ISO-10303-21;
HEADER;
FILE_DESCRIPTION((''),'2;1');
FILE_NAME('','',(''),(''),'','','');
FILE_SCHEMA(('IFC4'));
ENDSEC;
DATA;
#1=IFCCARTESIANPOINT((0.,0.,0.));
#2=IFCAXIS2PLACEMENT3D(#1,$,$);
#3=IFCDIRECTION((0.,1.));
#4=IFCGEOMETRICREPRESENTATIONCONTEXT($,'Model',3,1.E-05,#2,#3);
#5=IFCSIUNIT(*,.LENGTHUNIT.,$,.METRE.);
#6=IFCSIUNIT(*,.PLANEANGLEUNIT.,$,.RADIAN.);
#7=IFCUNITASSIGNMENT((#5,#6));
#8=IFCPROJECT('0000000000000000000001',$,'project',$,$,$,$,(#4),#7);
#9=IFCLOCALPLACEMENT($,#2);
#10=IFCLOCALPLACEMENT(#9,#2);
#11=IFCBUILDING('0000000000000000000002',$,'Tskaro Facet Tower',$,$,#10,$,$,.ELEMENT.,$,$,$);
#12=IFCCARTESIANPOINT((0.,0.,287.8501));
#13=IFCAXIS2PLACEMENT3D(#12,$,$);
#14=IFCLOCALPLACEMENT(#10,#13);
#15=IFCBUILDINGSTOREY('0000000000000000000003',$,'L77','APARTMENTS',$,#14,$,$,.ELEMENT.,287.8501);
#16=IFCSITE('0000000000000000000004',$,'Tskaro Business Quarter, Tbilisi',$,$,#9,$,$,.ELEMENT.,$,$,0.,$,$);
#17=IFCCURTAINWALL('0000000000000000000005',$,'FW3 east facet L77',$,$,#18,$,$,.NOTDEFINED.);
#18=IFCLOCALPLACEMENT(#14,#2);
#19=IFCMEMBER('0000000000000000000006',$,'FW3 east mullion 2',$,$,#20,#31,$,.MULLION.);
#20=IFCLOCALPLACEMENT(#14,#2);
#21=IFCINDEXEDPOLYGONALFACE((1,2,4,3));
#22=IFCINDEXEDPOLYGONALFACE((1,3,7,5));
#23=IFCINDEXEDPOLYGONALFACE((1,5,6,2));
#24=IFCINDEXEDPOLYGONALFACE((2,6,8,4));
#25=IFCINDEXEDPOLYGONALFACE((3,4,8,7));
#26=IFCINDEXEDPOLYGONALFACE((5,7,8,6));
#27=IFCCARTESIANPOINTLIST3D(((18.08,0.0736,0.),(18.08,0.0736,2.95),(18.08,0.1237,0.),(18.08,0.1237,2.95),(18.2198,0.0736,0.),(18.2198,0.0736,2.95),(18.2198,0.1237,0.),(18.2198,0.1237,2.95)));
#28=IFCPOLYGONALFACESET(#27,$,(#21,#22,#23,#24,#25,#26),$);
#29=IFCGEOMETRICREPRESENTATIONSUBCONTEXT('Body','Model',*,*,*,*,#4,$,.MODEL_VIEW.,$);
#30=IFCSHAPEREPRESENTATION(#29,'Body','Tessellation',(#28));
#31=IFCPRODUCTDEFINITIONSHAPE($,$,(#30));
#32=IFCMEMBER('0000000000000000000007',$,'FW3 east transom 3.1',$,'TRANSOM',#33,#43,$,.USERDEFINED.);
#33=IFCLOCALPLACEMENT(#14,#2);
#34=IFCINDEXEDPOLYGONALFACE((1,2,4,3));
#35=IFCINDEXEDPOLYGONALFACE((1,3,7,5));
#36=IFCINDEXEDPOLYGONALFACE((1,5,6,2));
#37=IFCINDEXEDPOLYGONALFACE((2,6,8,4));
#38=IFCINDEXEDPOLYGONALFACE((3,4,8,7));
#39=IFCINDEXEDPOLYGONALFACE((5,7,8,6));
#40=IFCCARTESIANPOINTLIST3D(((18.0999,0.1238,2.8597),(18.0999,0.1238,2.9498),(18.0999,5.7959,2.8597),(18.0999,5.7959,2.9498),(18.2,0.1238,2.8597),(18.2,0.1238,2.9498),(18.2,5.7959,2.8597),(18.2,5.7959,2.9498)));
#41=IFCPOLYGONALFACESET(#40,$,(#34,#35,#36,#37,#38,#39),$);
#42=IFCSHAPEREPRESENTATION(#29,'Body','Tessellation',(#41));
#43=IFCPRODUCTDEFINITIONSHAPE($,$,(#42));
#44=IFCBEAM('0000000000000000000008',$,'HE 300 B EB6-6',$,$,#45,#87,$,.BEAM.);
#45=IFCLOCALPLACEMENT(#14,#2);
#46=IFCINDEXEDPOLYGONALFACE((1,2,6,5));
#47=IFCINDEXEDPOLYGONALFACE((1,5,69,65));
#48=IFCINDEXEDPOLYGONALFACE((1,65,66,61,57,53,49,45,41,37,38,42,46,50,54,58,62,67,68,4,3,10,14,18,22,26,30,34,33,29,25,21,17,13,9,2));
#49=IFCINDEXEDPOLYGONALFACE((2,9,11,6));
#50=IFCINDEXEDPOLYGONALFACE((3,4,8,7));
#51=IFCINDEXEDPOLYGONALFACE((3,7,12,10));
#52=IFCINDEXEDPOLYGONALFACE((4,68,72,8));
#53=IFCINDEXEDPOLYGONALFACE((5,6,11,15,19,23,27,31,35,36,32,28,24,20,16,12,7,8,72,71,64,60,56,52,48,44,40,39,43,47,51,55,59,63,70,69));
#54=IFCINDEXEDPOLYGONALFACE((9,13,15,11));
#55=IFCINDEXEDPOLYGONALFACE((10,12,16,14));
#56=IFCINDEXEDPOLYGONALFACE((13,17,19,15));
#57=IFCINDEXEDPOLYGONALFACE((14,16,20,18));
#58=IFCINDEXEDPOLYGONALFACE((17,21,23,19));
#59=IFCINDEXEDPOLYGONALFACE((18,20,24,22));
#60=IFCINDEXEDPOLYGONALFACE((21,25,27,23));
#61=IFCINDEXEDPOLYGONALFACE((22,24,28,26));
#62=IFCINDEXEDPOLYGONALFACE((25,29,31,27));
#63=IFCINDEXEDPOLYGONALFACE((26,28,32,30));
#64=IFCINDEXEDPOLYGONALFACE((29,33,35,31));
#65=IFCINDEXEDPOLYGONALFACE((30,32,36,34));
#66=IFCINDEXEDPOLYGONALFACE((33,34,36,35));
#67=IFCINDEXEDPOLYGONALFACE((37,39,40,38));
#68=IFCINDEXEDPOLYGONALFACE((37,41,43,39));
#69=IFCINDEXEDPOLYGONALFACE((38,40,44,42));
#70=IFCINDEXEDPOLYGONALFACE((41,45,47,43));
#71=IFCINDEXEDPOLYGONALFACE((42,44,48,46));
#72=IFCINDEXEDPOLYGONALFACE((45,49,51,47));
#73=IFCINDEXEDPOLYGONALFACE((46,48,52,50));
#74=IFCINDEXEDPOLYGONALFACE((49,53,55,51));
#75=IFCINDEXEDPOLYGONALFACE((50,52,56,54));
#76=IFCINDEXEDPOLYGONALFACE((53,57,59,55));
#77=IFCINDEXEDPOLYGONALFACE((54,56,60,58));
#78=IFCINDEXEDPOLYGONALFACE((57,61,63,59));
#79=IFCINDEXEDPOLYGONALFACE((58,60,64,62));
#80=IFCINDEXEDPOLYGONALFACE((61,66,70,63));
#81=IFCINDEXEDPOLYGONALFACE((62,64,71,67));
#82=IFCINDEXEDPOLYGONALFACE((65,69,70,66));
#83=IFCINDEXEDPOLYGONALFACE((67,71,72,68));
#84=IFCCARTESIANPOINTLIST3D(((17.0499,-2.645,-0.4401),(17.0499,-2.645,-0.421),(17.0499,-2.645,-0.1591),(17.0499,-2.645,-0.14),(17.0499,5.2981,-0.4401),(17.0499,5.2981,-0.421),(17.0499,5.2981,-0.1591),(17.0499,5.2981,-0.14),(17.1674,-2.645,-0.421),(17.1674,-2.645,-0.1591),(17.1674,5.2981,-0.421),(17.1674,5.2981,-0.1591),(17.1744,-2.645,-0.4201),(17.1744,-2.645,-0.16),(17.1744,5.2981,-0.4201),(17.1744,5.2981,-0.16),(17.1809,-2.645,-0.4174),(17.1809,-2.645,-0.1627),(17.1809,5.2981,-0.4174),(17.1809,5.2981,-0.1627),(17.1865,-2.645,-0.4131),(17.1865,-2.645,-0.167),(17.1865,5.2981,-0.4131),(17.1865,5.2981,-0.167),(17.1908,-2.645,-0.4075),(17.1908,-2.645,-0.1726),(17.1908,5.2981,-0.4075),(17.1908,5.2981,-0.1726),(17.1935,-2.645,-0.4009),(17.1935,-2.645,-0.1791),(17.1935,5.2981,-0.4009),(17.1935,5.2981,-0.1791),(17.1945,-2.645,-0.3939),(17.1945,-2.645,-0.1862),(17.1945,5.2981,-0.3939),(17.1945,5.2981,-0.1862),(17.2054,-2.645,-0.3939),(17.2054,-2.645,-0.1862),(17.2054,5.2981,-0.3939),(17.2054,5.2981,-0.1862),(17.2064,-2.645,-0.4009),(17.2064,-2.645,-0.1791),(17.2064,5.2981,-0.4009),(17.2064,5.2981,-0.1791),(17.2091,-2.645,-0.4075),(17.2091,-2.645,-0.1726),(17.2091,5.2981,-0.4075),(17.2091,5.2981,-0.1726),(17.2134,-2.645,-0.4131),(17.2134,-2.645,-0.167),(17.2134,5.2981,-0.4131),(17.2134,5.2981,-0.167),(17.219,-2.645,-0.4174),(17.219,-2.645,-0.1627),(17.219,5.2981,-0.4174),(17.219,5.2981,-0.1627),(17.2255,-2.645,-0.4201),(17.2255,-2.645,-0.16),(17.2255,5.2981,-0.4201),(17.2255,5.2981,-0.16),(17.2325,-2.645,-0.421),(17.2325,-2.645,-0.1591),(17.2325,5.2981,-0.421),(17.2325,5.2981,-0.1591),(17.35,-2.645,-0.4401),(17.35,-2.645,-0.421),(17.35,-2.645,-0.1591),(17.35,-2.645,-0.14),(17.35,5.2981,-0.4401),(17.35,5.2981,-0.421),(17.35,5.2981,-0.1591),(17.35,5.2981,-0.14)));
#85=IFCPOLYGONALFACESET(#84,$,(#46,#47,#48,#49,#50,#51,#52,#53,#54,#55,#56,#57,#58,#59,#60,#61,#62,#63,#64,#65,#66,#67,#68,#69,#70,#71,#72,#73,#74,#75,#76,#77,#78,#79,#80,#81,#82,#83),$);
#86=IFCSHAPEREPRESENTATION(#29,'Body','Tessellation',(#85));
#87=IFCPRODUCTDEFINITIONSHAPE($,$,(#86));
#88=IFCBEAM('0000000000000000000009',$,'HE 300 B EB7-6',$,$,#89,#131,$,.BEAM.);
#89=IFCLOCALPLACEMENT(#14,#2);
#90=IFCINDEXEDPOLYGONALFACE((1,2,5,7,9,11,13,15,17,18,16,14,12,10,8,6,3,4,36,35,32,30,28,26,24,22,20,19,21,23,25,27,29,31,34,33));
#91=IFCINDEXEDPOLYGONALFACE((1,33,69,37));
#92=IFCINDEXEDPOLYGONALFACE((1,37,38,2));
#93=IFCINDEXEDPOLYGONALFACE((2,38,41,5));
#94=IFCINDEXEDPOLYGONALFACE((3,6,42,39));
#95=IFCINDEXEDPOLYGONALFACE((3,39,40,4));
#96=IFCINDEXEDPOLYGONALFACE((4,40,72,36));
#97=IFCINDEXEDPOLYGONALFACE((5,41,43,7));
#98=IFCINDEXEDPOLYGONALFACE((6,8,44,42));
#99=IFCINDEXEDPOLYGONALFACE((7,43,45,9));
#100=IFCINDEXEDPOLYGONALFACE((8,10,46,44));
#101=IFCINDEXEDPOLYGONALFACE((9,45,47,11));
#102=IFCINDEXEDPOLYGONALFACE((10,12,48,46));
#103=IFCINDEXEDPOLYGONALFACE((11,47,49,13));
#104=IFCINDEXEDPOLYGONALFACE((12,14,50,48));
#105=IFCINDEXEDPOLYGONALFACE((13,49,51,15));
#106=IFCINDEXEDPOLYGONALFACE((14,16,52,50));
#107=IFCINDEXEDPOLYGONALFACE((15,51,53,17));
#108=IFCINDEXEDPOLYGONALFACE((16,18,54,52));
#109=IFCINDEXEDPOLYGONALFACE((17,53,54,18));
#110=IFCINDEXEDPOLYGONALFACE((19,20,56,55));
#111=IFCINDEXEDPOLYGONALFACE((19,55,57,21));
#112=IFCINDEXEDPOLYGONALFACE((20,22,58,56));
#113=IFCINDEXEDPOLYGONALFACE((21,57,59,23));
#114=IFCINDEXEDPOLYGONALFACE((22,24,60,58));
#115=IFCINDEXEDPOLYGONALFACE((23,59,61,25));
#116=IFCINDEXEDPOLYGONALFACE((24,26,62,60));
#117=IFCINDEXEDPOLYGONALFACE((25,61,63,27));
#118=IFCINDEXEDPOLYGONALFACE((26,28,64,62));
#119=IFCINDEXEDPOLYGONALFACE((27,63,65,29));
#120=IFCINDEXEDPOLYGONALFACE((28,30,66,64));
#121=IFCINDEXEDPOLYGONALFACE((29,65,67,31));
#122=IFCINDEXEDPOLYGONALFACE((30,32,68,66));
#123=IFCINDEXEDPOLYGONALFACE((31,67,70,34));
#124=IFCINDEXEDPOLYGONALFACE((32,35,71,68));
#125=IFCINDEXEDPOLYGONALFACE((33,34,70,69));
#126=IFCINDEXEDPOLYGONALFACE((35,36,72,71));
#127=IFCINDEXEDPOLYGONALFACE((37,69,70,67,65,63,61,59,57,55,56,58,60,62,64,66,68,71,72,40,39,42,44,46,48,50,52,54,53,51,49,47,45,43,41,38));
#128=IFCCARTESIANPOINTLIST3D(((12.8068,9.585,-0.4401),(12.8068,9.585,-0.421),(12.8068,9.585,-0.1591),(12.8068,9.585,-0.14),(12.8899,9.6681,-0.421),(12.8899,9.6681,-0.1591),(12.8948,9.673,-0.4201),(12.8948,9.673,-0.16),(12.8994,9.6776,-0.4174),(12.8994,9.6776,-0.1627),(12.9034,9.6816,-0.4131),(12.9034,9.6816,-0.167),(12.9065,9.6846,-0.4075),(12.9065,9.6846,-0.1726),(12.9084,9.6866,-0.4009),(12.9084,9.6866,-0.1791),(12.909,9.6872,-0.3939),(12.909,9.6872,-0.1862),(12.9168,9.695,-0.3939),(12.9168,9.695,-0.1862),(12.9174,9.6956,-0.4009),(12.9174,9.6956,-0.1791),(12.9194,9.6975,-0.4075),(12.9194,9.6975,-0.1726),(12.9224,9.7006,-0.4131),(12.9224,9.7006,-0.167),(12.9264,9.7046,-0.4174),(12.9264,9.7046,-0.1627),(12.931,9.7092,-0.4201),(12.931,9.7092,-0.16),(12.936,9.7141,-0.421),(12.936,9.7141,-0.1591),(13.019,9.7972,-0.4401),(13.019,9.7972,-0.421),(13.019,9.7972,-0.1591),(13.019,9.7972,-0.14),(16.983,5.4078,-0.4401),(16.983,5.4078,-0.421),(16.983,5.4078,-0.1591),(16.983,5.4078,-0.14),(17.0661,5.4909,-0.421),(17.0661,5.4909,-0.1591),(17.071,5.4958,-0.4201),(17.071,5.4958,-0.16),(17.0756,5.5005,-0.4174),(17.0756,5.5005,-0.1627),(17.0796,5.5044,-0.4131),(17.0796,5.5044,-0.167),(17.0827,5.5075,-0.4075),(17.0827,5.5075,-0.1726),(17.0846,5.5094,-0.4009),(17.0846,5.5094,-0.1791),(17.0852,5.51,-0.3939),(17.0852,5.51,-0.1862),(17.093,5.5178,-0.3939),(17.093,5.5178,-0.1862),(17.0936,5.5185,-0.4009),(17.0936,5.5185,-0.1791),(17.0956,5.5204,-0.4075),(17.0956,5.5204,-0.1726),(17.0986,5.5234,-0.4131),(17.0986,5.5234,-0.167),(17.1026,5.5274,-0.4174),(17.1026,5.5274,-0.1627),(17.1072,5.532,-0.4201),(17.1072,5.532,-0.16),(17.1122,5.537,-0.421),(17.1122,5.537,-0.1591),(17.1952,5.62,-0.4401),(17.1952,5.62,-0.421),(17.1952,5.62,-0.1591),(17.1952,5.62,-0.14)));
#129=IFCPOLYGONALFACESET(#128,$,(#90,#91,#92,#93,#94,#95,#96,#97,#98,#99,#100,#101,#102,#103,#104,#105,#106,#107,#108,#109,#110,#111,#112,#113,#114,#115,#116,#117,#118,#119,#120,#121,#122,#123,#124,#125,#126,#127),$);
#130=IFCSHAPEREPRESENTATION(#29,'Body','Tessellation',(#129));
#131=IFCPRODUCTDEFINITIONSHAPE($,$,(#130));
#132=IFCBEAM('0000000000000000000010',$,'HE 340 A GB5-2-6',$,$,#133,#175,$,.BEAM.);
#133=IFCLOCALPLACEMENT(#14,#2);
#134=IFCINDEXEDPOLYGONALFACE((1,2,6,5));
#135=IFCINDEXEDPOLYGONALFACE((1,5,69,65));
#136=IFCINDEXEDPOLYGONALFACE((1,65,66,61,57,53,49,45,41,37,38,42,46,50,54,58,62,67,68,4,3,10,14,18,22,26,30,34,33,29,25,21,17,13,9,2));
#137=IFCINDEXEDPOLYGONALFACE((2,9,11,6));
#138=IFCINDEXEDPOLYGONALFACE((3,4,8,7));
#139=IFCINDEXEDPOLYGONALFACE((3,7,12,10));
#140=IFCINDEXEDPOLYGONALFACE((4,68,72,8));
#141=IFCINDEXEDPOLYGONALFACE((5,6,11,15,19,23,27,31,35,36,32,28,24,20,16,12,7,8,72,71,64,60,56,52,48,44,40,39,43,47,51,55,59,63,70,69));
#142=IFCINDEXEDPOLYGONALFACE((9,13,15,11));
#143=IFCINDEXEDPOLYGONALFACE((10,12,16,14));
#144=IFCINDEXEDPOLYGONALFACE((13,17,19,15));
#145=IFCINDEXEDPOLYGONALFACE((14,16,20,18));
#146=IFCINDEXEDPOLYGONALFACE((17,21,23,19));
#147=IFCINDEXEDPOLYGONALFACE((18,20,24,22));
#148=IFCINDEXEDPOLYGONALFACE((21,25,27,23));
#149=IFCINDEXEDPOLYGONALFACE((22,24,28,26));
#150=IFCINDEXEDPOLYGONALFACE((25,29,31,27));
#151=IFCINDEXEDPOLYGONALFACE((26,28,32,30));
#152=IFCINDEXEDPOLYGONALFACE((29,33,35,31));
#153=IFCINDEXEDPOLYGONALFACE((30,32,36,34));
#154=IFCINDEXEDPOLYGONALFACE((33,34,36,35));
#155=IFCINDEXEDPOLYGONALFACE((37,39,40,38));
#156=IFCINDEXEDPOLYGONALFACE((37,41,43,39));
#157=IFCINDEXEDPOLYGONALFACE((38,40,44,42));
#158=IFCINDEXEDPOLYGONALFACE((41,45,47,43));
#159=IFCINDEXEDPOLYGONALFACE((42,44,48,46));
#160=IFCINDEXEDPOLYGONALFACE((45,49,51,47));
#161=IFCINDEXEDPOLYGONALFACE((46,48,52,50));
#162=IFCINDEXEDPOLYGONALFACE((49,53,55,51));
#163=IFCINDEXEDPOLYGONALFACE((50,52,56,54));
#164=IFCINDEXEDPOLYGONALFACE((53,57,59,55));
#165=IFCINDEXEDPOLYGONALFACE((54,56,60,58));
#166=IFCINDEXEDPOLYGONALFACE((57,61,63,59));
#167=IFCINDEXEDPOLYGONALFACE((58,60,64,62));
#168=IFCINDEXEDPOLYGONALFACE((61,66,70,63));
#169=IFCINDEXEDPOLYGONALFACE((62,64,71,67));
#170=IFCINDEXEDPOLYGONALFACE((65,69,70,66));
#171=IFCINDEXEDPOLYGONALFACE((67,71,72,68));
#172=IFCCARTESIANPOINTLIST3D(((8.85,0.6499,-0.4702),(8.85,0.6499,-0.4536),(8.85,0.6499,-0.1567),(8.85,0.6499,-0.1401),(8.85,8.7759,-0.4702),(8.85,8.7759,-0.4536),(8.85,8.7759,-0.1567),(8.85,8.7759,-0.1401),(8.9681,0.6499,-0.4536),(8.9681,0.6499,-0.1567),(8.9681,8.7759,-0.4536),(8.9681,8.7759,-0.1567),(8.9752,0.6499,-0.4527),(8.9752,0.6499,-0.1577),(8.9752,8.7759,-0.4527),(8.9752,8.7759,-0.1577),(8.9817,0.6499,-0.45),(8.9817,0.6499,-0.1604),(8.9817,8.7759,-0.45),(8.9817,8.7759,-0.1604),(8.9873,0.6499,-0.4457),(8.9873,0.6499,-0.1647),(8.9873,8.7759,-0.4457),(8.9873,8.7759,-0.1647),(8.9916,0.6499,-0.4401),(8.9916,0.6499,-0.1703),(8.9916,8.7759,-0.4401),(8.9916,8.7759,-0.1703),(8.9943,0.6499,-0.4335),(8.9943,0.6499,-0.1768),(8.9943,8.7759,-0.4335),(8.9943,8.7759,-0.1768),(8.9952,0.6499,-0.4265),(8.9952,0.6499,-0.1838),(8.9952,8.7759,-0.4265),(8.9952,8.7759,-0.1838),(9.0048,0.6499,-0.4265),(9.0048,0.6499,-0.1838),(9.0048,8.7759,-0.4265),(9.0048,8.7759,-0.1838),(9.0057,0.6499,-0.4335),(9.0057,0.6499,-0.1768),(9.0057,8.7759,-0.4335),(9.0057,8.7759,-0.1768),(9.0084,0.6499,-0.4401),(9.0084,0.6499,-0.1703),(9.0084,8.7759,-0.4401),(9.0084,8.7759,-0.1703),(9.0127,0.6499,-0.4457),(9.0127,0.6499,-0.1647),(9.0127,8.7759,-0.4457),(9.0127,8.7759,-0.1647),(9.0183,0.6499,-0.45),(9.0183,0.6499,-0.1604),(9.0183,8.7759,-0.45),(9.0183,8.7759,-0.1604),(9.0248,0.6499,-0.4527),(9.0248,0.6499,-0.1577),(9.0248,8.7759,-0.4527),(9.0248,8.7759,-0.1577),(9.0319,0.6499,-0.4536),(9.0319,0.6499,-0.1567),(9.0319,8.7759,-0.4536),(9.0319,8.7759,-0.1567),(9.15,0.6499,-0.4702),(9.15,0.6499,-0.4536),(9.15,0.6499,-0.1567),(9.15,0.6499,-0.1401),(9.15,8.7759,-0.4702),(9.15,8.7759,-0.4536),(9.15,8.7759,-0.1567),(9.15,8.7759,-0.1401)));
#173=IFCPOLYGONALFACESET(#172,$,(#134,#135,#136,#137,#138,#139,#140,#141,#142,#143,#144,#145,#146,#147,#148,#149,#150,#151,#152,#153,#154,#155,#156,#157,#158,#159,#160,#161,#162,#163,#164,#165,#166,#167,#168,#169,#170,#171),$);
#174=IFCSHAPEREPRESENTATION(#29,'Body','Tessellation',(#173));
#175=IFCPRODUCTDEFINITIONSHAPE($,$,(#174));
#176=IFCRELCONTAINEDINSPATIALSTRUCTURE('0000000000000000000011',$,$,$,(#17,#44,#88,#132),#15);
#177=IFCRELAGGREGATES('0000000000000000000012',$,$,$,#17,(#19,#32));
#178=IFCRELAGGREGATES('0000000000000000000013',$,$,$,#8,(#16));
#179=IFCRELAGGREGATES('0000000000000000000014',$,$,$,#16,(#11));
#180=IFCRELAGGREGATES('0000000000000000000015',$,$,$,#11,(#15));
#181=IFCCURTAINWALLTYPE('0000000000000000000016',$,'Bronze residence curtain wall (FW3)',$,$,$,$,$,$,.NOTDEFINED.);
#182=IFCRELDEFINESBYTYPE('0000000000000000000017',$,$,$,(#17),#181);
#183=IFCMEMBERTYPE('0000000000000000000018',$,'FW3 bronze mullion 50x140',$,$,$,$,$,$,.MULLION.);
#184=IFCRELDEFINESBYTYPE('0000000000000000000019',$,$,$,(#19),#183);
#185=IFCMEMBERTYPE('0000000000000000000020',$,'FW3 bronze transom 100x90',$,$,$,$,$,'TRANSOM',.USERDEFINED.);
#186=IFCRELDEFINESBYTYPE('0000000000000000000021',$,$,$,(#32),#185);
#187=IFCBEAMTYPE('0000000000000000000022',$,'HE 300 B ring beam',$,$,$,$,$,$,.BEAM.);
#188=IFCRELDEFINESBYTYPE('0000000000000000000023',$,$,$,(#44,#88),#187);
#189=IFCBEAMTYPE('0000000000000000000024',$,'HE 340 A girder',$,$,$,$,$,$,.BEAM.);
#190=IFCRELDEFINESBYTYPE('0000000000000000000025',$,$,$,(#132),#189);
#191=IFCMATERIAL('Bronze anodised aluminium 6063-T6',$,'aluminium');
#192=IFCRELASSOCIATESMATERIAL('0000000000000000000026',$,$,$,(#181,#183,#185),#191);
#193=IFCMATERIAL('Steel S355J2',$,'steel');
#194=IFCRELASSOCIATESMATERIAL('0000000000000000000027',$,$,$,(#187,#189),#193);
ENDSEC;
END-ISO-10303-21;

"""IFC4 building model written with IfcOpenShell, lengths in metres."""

from ifc_helpers import new_model, si_unit, direction, frame, origin, origin_2d, place, context, subcontext, project, spatial, rectangle, i_section, extrude, material, material_profile, profile_set, type_object, element, aggregate, save


model = new_model("IFC4")

# Units and contexts
model_context = context("Model", 3, precision=1e-05, world=origin(), true_north=direction((0.0, 1.0)))
body_context = subcontext(model_context, "Body", "Model", "MODEL_VIEW")
ifc_project = project(units=[si_unit("LENGTHUNIT", "METRE"), si_unit("PLANEANGLEUNIT", "RADIAN")], contexts=[model_context])

# Site, building, storey
site_placement = place(None, origin())
site = spatial("IfcSite", under=ifc_project, at=site_placement, Name="Tskaro Business Quarter, Tbilisi", CompositionType="ELEMENT", RefElevation=0.0)
building_placement = place(site_placement, origin())
building = spatial("IfcBuilding", under=site, at=building_placement, Name="Tskaro Facet Tower", CompositionType="ELEMENT")
storey_placement = place(building_placement, frame((0.0, 0.0, 287.8501)))
storey = spatial("IfcBuildingStorey", under=building, at=storey_placement, Name="L77", Description="APARTMENTS", CompositionType="ELEMENT", Elevation=287.8501)

# Shared definitions
ifc_material_1 = material(Name="Steel S355J2", Category="steel")

# Curtain wall, members
ifc_material_2 = material(Name="Bronze anodised aluminium 6063-T6", Category="aluminium")
curtain_wall_type = type_object("IfcCurtainWallType", Name="Bronze residence curtain wall (FW3)", PredefinedType="NOTDEFINED", material=ifc_material_2)
curtain_wall_placement = place(storey_placement, origin())
curtain_wall = element("IfcCurtainWall", 1, at=curtain_wall_placement, inside=storey, type_object=curtain_wall_type, Name="FW3 east facet L77", PredefinedType="NOTDEFINED")
ifc_material_profile_1 = material_profile(ifc_material_2, rectangle(XDim=0.05, YDim=0.1399, at=origin_2d()), Name="Mullion 50x140")
ifc_profile_set_1 = profile_set([ifc_material_profile_1], Name="Bronze anodised aluminium 6063-T6")
member_type_1 = type_object("IfcMemberType", Name="FW3 bronze mullion 50x140", PredefinedType="MULLION", material=ifc_profile_set_1)
member_1_placement = place(storey_placement, frame((18.1499, 0.0986, 0.0), z_axis=(0.0, 0.0, 1.0), x_axis=(0.0, 1.0, 0.0)))
member_1 = element("IfcMember", 2, at=member_1_placement, type_object=member_type_1, Name="FW3 east mullion 2", PredefinedType="MULLION", context=body_context, shape_type="SweptSolid", body=[
    extrude(rectangle(XDim=0.05, YDim=0.1399, at=origin_2d()), origin(), (0.0, 0.0, 1.0), 2.95),
])
ifc_material_profile_2 = material_profile(ifc_material_2, rectangle(XDim=0.1001, YDim=0.0901, at=origin_2d()), Name="Transom 100x90")
ifc_profile_set_2 = profile_set([ifc_material_profile_2], Name="Bronze anodised aluminium 6063-T6")
member_type_2 = type_object("IfcMemberType", Name="FW3 bronze transom 100x90", ElementType="TRANSOM", PredefinedType="USERDEFINED", material=ifc_profile_set_2)
member_2_placement = place(storey_placement, frame((18.1499, 0.1238, 2.9048), z_axis=(0.0, 1.0, 0.0), x_axis=(-1.0, 0.0, 0.0)))
member_2 = element("IfcMember", 3, at=member_2_placement, type_object=member_type_2, Name="FW3 east transom 3.1", ObjectType="TRANSOM", PredefinedType="USERDEFINED", context=body_context, shape_type="SweptSolid", body=[
    extrude(rectangle(XDim=0.1001, YDim=0.0901, at=origin_2d()), origin(), (0.0, 0.0, 1.0), 5.6721),
])

# Beams
ifc_material_profile_3 = material_profile(ifc_material_1, i_section(OverallWidth=0.3, OverallDepth=0.3, WebThickness=0.011, FlangeThickness=0.019, FilletRadius=0.0271, at=origin_2d()), Name="HE 300 B")
ifc_profile_set_3 = profile_set([ifc_material_profile_3], Name="Steel S355J2")
beam_type_1 = type_object("IfcBeamType", Name="HE 300 B ring beam", PredefinedType="BEAM", material=ifc_profile_set_3)
beam_1_placement = place(storey_placement, frame((17.2, -2.645, -0.29), z_axis=(0.0, 1.0, 0.0), x_axis=(-1.0, 0.0, 0.0)))
element("IfcBeam", 4, at=beam_1_placement, inside=storey, type_object=beam_type_1, Name="HE 300 B EB6-6", PredefinedType="BEAM", context=body_context, shape_type="SweptSolid", body=[
    extrude(i_section(OverallWidth=0.3, OverallDepth=0.3, WebThickness=0.011, FlangeThickness=0.019, FilletRadius=0.0271, at=origin_2d()), origin(), (0.0, 0.0, 1.0), 7.9431),
])
beam_2_placement = place(storey_placement, frame((17.0891, 5.5139, -0.29), z_axis=(-0.707024, 0.707189, 0.0), x_axis=(-0.707189, -0.707024, 0.0)))
element("IfcBeam", 5, at=beam_2_placement, inside=storey, type_object=beam_type_1, Name="HE 300 B EB7-6", PredefinedType="BEAM", context=body_context, shape_type="SweptSolid", body=[
    extrude(i_section(OverallWidth=0.3, OverallDepth=0.3, WebThickness=0.011, FlangeThickness=0.019, FilletRadius=0.0271, at=origin_2d()), origin(), (0.0, 0.0, 1.0), 5.9067),
])
ifc_material_profile_4 = material_profile(ifc_material_1, i_section(OverallWidth=0.3, OverallDepth=0.3301, WebThickness=0.0095, FlangeThickness=0.0166, FilletRadius=0.0271, at=origin_2d()), Name="HE 340 A")
ifc_profile_set_4 = profile_set([ifc_material_profile_4], Name="Steel S355J2")
beam_type_2 = type_object("IfcBeamType", Name="HE 340 A girder", PredefinedType="BEAM", material=ifc_profile_set_4)
beam_3_placement = place(storey_placement, frame((9.0, 0.6499, -0.3052), z_axis=(0.0, 1.0, 0.0), x_axis=(-1.0, 0.0, 0.0)))
element("IfcBeam", 6, at=beam_3_placement, inside=storey, type_object=beam_type_2, Name="HE 340 A GB5-2-6", PredefinedType="BEAM", context=body_context, shape_type="SweptSolid", body=[
    extrude(i_section(OverallWidth=0.3, OverallDepth=0.3301, WebThickness=0.0095, FlangeThickness=0.0166, FilletRadius=0.0271, at=origin_2d()), origin(), (0.0, 0.0, 1.0), 8.126),
])

aggregate(curtain_wall, [member_1, member_2])

save(model, "model.ifc")
